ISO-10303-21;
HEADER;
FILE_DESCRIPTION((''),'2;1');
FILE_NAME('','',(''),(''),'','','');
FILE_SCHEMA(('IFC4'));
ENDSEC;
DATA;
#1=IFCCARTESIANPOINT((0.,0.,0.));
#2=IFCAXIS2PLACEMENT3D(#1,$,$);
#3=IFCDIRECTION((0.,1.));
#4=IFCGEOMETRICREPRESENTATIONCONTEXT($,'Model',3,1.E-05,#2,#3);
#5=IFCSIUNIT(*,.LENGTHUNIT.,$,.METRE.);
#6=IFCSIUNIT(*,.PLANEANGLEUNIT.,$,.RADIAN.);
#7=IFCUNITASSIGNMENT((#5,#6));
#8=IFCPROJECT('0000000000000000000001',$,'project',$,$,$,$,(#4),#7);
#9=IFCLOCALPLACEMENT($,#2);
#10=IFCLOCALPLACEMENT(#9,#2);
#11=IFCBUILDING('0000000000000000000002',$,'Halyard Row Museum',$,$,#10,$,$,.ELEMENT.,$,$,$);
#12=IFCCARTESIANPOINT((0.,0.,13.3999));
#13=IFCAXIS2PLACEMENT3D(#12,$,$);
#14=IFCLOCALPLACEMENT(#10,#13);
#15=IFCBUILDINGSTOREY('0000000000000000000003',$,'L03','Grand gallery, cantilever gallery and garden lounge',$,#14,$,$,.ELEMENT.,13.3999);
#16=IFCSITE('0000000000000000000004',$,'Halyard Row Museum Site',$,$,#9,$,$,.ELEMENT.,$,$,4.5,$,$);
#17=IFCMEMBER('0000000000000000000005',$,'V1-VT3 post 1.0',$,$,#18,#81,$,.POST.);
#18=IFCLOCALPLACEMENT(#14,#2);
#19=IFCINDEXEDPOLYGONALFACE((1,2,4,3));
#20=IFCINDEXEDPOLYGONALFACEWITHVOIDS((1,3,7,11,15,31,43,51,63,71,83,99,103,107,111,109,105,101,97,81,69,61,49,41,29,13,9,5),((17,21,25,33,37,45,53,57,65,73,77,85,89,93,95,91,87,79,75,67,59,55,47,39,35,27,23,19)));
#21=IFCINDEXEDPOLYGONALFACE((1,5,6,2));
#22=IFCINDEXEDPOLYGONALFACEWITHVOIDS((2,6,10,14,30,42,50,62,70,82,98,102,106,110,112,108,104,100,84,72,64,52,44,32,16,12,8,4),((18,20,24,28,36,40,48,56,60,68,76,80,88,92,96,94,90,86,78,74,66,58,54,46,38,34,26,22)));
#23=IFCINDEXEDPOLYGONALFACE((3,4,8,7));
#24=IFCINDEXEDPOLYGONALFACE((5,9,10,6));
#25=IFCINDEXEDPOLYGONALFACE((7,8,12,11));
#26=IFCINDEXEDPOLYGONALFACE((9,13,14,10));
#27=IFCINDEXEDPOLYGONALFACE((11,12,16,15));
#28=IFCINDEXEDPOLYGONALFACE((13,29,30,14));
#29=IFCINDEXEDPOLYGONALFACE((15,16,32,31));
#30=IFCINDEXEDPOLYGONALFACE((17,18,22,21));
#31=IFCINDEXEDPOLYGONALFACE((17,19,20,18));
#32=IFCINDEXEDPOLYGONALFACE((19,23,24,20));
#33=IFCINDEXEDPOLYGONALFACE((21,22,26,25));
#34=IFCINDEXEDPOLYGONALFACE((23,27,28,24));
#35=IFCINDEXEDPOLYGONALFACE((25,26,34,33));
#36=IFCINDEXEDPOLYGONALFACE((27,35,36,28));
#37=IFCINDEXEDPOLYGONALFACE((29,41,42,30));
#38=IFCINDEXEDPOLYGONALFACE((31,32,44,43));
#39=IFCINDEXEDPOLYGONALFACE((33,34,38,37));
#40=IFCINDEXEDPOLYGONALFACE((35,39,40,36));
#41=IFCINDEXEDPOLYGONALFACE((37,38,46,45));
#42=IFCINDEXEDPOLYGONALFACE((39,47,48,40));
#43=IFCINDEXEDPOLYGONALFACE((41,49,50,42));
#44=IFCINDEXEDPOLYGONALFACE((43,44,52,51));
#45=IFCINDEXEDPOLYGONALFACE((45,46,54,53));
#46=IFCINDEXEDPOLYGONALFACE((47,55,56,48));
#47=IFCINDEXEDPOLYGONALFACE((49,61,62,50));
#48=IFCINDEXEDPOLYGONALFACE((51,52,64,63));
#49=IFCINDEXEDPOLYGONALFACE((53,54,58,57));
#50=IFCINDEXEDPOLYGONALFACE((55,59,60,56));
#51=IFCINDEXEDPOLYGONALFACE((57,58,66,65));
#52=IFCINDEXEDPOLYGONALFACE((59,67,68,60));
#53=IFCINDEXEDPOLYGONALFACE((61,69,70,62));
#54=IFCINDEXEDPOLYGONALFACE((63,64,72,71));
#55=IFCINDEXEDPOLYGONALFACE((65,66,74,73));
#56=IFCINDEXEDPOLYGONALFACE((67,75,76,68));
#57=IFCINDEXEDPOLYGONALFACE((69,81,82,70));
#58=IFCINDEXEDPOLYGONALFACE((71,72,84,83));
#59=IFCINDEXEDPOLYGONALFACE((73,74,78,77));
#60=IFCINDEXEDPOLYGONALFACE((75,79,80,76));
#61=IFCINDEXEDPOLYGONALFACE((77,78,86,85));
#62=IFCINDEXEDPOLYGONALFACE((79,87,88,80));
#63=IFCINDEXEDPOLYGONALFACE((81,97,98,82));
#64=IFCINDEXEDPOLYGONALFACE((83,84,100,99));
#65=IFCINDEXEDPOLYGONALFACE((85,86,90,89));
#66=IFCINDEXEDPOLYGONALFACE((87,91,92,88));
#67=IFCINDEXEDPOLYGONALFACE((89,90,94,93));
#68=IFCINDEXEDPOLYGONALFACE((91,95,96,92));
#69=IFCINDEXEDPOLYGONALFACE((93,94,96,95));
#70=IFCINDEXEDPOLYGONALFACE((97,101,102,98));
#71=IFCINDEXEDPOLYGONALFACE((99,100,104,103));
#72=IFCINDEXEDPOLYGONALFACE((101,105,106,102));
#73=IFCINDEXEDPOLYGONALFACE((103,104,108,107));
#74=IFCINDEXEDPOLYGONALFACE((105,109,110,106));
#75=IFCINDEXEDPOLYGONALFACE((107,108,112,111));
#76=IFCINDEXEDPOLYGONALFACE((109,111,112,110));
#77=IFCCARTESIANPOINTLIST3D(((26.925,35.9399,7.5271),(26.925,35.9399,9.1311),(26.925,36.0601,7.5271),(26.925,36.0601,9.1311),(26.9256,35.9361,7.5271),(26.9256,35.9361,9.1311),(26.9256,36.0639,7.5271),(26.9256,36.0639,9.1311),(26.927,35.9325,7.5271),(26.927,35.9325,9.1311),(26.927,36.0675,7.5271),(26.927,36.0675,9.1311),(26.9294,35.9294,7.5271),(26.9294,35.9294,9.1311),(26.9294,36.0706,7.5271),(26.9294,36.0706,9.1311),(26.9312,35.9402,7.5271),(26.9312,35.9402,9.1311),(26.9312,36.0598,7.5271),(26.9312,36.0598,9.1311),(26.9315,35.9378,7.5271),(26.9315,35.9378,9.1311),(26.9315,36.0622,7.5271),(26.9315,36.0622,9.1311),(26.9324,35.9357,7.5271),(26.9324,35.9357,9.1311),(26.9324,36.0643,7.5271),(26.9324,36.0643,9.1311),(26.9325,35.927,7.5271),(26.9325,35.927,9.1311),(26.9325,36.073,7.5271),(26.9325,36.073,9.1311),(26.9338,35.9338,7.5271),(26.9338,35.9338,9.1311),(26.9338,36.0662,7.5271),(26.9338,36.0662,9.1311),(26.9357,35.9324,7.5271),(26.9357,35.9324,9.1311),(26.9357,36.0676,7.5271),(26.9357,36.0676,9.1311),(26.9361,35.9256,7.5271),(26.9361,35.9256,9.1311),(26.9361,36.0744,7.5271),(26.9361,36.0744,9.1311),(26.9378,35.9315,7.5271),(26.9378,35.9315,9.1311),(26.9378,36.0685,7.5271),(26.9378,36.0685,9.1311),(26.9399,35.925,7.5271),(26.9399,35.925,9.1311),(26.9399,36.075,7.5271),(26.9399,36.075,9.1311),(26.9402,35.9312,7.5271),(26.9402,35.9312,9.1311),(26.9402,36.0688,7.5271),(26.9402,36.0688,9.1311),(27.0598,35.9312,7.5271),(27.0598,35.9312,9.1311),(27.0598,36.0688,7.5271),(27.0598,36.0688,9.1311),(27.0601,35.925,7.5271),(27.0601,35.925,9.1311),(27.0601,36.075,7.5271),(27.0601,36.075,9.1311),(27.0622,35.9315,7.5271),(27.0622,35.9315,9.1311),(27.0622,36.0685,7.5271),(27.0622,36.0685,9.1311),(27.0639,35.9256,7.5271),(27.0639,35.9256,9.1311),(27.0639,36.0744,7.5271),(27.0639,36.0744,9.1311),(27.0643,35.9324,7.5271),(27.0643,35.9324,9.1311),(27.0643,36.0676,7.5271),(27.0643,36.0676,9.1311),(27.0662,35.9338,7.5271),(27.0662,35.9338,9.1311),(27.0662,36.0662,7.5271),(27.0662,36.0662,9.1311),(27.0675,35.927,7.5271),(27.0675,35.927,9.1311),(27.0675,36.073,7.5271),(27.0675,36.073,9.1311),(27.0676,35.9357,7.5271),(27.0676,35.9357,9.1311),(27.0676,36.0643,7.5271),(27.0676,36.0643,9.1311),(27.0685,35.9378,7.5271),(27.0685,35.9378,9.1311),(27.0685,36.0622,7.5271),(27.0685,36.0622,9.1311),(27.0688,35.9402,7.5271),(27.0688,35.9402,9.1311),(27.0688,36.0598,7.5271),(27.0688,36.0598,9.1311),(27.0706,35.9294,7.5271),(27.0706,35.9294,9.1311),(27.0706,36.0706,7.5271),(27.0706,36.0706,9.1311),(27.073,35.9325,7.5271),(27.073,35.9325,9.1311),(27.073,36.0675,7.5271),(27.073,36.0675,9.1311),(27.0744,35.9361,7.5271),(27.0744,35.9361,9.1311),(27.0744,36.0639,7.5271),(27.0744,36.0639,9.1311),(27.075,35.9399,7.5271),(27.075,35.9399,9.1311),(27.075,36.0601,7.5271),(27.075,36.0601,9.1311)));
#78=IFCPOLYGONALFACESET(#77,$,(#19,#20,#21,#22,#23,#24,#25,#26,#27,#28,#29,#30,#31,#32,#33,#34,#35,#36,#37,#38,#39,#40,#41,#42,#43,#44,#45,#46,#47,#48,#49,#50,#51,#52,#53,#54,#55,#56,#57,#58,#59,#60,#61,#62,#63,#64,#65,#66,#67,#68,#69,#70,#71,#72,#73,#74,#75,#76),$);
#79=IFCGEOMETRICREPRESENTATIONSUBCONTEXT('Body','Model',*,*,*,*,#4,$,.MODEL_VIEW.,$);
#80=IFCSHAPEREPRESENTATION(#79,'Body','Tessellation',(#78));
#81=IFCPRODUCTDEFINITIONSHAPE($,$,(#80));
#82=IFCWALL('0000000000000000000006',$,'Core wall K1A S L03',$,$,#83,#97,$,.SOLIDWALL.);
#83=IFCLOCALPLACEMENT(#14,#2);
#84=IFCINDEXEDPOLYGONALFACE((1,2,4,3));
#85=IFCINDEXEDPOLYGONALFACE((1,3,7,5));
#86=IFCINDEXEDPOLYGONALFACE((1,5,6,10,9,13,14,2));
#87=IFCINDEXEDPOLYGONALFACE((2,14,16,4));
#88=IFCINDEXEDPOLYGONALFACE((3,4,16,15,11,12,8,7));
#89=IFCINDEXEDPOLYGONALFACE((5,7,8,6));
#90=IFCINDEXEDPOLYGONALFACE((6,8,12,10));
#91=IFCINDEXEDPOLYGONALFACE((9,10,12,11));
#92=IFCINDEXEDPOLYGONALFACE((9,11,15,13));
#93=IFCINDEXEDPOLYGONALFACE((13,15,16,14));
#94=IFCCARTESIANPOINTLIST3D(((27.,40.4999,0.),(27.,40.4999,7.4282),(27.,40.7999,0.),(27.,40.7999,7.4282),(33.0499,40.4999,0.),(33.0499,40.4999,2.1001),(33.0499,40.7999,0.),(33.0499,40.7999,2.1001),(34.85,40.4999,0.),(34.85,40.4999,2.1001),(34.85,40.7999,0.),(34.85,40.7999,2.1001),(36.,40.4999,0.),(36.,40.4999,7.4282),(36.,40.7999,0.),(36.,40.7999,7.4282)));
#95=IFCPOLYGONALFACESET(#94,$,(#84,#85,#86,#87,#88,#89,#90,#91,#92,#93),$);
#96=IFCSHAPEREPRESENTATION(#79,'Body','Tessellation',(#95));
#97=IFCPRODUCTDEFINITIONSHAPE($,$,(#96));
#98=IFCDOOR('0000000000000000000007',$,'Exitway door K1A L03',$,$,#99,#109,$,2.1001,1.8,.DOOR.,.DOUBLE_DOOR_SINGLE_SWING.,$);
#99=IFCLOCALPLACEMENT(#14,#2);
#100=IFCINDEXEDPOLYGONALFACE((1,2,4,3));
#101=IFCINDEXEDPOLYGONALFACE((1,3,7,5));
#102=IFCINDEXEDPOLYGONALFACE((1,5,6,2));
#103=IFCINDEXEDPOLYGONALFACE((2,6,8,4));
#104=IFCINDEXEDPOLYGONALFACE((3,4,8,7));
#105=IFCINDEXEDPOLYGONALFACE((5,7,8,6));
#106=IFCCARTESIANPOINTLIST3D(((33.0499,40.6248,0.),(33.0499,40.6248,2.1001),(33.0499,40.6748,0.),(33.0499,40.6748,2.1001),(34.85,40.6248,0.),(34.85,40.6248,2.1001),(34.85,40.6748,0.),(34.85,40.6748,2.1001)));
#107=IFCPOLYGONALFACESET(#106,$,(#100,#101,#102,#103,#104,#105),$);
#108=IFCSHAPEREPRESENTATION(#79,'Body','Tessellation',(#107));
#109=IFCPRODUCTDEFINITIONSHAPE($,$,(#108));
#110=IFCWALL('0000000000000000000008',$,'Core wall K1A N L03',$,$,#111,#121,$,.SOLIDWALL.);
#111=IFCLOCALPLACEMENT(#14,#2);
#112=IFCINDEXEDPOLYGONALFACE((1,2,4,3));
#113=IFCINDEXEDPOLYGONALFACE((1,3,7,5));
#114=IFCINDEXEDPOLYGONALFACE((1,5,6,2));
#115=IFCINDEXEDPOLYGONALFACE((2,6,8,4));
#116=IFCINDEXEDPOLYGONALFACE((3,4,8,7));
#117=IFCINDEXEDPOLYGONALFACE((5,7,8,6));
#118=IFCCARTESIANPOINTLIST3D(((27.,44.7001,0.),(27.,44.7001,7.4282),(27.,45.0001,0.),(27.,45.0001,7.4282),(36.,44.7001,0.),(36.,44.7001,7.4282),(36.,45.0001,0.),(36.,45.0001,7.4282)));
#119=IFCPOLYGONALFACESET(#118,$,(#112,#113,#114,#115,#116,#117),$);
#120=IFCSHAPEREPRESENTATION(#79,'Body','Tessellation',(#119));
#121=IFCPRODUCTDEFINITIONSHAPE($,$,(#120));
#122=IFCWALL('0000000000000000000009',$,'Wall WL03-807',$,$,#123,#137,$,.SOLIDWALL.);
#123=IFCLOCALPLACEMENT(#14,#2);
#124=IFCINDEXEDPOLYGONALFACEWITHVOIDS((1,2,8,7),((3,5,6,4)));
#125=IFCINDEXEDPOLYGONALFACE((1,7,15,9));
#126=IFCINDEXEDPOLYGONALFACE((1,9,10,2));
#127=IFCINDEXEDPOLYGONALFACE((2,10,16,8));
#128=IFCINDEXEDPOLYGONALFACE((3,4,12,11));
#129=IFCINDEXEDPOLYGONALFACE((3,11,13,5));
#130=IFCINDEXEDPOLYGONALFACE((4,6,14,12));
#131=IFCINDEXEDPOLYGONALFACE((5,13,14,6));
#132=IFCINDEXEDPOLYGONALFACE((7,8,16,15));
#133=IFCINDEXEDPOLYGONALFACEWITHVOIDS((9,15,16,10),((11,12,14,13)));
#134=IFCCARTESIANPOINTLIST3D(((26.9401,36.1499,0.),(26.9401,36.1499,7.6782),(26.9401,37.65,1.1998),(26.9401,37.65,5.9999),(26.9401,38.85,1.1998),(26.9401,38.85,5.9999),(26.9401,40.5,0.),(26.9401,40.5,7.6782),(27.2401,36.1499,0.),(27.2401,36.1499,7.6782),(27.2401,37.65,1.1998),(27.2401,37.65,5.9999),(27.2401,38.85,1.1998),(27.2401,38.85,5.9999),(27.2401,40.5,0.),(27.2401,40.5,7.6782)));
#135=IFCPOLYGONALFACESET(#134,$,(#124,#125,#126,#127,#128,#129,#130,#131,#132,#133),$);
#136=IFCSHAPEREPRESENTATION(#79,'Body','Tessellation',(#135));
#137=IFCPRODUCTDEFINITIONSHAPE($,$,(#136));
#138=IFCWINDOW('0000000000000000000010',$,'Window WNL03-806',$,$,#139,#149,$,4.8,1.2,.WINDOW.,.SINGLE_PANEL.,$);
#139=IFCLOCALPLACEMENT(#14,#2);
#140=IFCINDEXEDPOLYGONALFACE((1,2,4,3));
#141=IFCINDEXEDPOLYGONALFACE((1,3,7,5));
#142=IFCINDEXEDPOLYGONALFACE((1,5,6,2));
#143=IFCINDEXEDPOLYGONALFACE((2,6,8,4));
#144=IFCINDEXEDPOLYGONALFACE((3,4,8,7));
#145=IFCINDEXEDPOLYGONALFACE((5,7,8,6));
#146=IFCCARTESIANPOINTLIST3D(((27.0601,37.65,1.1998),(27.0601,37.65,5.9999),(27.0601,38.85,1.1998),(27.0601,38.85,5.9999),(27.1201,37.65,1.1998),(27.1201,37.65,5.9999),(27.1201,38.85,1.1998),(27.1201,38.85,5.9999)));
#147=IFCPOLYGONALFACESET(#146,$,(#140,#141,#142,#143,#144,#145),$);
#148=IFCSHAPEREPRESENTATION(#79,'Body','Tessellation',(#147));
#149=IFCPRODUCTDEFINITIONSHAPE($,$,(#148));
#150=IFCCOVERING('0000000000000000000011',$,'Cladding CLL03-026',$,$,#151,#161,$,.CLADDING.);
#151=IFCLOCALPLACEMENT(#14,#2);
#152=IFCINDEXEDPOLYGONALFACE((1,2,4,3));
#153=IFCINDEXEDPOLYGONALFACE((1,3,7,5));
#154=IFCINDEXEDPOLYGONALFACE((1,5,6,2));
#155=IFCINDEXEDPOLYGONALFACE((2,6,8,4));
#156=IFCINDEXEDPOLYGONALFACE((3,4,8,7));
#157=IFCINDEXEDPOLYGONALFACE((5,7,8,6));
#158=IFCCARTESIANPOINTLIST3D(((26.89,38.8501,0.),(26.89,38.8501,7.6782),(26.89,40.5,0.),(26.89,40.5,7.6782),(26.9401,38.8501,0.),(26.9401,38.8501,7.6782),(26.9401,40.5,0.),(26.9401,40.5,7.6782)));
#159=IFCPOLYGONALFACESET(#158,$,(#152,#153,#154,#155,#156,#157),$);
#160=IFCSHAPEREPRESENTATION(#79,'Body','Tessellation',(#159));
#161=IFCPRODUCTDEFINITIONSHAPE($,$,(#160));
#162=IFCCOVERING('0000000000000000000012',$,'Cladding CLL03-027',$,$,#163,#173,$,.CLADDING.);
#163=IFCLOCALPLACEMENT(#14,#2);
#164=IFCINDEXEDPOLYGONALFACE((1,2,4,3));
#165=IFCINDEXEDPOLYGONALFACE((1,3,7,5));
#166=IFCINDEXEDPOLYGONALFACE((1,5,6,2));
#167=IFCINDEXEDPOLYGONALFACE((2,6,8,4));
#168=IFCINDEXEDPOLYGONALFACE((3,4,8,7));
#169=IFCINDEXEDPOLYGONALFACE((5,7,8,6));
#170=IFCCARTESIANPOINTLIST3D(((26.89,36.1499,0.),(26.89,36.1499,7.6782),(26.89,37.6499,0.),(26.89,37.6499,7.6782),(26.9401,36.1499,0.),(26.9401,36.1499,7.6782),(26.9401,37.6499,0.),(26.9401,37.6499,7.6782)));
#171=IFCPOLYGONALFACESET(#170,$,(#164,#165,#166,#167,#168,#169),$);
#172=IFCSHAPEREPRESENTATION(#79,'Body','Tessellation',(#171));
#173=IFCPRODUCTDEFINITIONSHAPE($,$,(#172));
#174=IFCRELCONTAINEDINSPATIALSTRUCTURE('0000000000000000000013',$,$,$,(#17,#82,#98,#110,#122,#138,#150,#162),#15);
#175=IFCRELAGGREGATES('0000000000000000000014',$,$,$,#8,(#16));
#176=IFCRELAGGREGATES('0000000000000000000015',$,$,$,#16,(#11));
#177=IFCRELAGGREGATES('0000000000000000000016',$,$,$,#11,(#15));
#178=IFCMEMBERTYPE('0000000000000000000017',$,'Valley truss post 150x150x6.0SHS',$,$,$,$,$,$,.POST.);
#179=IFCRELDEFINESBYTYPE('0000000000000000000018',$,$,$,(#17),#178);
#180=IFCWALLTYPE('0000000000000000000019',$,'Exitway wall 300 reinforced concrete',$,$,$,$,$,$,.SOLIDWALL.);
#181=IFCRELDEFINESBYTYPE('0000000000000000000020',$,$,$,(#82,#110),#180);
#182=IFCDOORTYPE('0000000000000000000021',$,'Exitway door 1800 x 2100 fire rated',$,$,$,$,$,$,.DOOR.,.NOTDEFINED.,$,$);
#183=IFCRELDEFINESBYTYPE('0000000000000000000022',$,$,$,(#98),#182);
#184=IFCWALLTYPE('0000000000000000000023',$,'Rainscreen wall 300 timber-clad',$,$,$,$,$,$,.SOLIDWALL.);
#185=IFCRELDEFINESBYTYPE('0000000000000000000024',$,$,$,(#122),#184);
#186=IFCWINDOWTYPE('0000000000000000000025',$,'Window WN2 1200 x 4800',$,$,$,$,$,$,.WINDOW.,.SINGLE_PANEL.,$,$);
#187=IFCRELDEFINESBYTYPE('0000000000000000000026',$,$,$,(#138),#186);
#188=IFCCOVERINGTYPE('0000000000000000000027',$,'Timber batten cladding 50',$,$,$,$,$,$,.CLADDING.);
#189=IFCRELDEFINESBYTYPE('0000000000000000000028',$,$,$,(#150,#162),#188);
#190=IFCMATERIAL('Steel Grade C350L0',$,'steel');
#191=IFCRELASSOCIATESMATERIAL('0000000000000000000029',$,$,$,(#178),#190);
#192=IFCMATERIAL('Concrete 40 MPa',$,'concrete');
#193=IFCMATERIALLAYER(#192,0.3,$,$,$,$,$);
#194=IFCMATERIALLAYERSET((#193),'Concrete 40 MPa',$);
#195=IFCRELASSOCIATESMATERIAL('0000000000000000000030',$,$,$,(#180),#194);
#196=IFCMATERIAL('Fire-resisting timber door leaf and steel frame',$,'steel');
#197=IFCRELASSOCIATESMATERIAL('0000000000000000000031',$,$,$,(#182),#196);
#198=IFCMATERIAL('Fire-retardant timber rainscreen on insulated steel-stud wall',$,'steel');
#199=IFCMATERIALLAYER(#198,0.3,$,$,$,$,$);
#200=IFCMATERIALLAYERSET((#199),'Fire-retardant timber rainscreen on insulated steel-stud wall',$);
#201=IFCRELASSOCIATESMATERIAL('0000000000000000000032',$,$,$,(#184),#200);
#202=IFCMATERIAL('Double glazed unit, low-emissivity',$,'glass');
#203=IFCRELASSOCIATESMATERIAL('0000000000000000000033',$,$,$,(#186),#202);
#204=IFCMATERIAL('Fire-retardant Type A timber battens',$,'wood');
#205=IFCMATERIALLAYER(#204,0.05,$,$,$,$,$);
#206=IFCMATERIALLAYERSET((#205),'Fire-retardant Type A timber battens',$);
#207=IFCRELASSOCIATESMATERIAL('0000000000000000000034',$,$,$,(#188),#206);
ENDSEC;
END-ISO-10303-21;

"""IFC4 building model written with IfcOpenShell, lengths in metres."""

from ifc_helpers import new_model, si_unit, direction, frame, frame_2d, origin, origin_2d, place, context, subcontext, project, spatial, rectangle, hollow_rectangle, extrude, material, layer, layer_set, material_profile, profile_set, type_object, element, fill, save


model = new_model("IFC4")

# Units and contexts
model_context = context("Model", 3, precision=1e-05, world=origin(), true_north=direction((0.0, 1.0)))
body_context = subcontext(model_context, "Body", "Model", "MODEL_VIEW")
ifc_project = project(units=[si_unit("LENGTHUNIT", "METRE"), si_unit("PLANEANGLEUNIT", "RADIAN")], contexts=[model_context])

# Site, building, storey
site_placement = place(None, origin())
site = spatial("IfcSite", under=ifc_project, at=site_placement, Name="Halyard Row Museum Site", CompositionType="ELEMENT", RefElevation=4.5)
building_placement = place(site_placement, origin())
building = spatial("IfcBuilding", under=site, at=building_placement, Name="Halyard Row Museum", CompositionType="ELEMENT")
storey_placement = place(building_placement, frame((0.0, 0.0, 13.3999)))
storey = spatial("IfcBuildingStorey", under=building, at=storey_placement, Name="L03", Description="Grand gallery, cantilever gallery and garden lounge", CompositionType="ELEMENT", Elevation=13.3999)

# Member
ifc_material_1 = material(Name="Steel Grade C350L0", Category="steel")
ifc_material_profile_1 = material_profile(ifc_material_1, hollow_rectangle(XDim=0.1499, YDim=0.1499, WallThickness=0.0061, InnerFilletRadius=0.009, OuterFilletRadius=0.0149, at=origin_2d()), Name="150x150x6.0SHS")
ifc_profile_set_1 = profile_set([ifc_material_profile_1], Name="Steel Grade C350L0")
member_type_1 = type_object("IfcMemberType", Name="Valley truss post 150x150x6.0SHS", PredefinedType="POST", material=ifc_profile_set_1)
member_1_placement = place(storey_placement, frame((27.0, 36.0, 7.5271), z_axis=(0.0, 0.0, 1.0), x_axis=(1.0, 0.0, 0.0)))
element("IfcMember", 1, at=member_1_placement, inside=storey, type_object=member_type_1, Name="V1-VT3 post 1.0", PredefinedType="POST", context=body_context, shape_type="SweptSolid", body=[
    extrude(hollow_rectangle(XDim=0.1499, YDim=0.1499, WallThickness=0.0061, InnerFilletRadius=0.009, OuterFilletRadius=0.0149, at=origin_2d()), origin(), (0.0, 0.0, 1.0), 1.604),
])

# Wall, opening, door
ifc_material_2 = material(Name="Concrete 40 MPa", Category="concrete")
ifc_layer_1 = layer(ifc_material_2, 0.3)
ifc_layer_set_1 = layer_set([ifc_layer_1], Name="Concrete 40 MPa")
wall_type_1 = type_object("IfcWallType", Name="Exitway wall 300 reinforced concrete", PredefinedType="SOLIDWALL", material=ifc_layer_set_1)
wall_1_placement = place(storey_placement, frame((27.0, 40.6499, 0.0), z_axis=(0.0, 0.0, 1.0), x_axis=(1.0, 0.0, 0.0)))
wall_1 = element("IfcWall", 2, at=wall_1_placement, inside=storey, type_object=wall_type_1, Name="Core wall K1A S L03", PredefinedType="SOLIDWALL", context=body_context, shape_type="SweptSolid", body=[
    extrude(rectangle(XDim=9.0, YDim=0.3, at=frame_2d((4.5, 0.0))), origin(), (0.0, 0.0, 1.0), 7.4282),
])
opening_1_placement = place(wall_1_placement, frame((6.05, 0.0, 0.0)))
opening_1 = element("IfcOpeningElement", 3, at=opening_1_placement, cuts=wall_1, PredefinedType="OPENING", context=body_context, shape_type="SweptSolid", body=[
    extrude(rectangle(XDim=1.8, YDim=2.1001, at=frame_2d((0.8999, 1.05))), frame((0.0, 0.1599, 0.0), z_axis=(0.0, -1.0, 0.0), x_axis=(1.0, 0.0, 0.0)), (0.0, 0.0, 1.0), 0.3201),
])
ifc_material_3 = material(Name="Fire-resisting timber door leaf and steel frame", Category="steel")
door_type = type_object("IfcDoorType", Name="Exitway door 1800 x 2100 fire rated", OperationType="NOTDEFINED", PredefinedType="DOOR", material=ifc_material_3)
door_placement = place(opening_1_placement, origin())
door = element("IfcDoor", 4, at=door_placement, inside=storey, type_object=door_type, Name="Exitway door K1A L03", OperationType="DOUBLE_DOOR_SINGLE_SWING", OverallHeight=2.1001, OverallWidth=1.8, PredefinedType="DOOR", context=body_context, shape_type="SweptSolid", body=[
    extrude(rectangle(XDim=1.8, YDim=2.1001, at=frame_2d((0.8999, 1.05))), frame((0.0, 0.0249, 0.0), z_axis=(0.0, -1.0, 0.0), x_axis=(1.0, 0.0, 0.0)), (0.0, 0.0, 1.0), 0.05),
])
fill(opening_1, door)

# Wall
wall_2_placement = place(storey_placement, frame((27.0, 44.8501, 0.0), z_axis=(0.0, 0.0, 1.0), x_axis=(1.0, 0.0, 0.0)))
element("IfcWall", 5, at=wall_2_placement, inside=storey, type_object=wall_type_1, Name="Core wall K1A N L03", PredefinedType="SOLIDWALL", context=body_context, shape_type="SweptSolid", body=[
    extrude(rectangle(XDim=9.0, YDim=0.3, at=frame_2d((4.5, 0.0))), origin(), (0.0, 0.0, 1.0), 7.4282),
])

# Wall, opening, window
ifc_material_4 = material(Name="Fire-retardant timber rainscreen on insulated steel-stud wall", Category="steel")
ifc_layer_2 = layer(ifc_material_4, 0.3)
ifc_layer_set_2 = layer_set([ifc_layer_2], Name="Fire-retardant timber rainscreen on insulated steel-stud wall")
wall_type_2 = type_object("IfcWallType", Name="Rainscreen wall 300 timber-clad", PredefinedType="SOLIDWALL", material=ifc_layer_set_2)
wall_3_placement = place(storey_placement, frame((27.0901, 36.1499, 0.0), z_axis=(0.0, 0.0, 1.0), x_axis=(0.0, 1.0, 0.0)))
wall_3 = element("IfcWall", 6, at=wall_3_placement, inside=storey, type_object=wall_type_2, Name="Wall WL03-807", PredefinedType="SOLIDWALL", context=body_context, shape_type="SweptSolid", body=[
    extrude(rectangle(XDim=4.3501, YDim=0.3, at=frame_2d((2.175, 0.0))), origin(), (0.0, 0.0, 1.0), 7.6782),
])
opening_2_placement = place(wall_3_placement, frame((1.5, 0.0, 1.2)))
opening_2 = element("IfcOpeningElement", 7, at=opening_2_placement, cuts=wall_3, PredefinedType="OPENING", context=body_context, shape_type="SweptSolid", body=[
    extrude(rectangle(XDim=1.2, YDim=4.8, at=frame_2d((0.6001, 2.3999))), frame((0.0, 0.1599, 0.0), z_axis=(0.0, -1.0, 0.0), x_axis=(1.0, 0.0, 0.0)), (0.0, 0.0, 1.0), 0.3201),
])
ifc_material_5 = material(Name="Double glazed unit, low-emissivity", Category="glass")
window_type = type_object("IfcWindowType", Name="Window WN2 1200 x 4800", PartitioningType="SINGLE_PANEL", PredefinedType="WINDOW", material=ifc_material_5)
window_placement = place(opening_2_placement, origin())
window = element("IfcWindow", 8, at=window_placement, inside=storey, type_object=window_type, Name="Window WNL03-806", OverallHeight=4.8, OverallWidth=1.2, PartitioningType="SINGLE_PANEL", PredefinedType="WINDOW", context=body_context, shape_type="SweptSolid", body=[
    extrude(rectangle(XDim=1.2, YDim=4.8, at=frame_2d((0.6001, 2.3999))), frame((0.0, 0.03, 0.0), z_axis=(0.0, -1.0, 0.0), x_axis=(1.0, 0.0, 0.0)), (0.0, 0.0, 1.0), 0.0601),
])
fill(opening_2, window)

# Coverings
ifc_material_6 = material(Name="Fire-retardant Type A timber battens", Category="wood")
ifc_layer_3 = layer(ifc_material_6, 0.05)
ifc_layer_set_3 = layer_set([ifc_layer_3], Name="Fire-retardant Type A timber battens")
covering_type = type_object("IfcCoveringType", Name="Timber batten cladding 50", PredefinedType="CLADDING", material=ifc_layer_set_3)
covering_1_placement = place(storey_placement, frame((26.915, 40.5, 0.0), z_axis=(0.0, 0.0, 1.0), x_axis=(0.0, -1.0, 0.0)))
element("IfcCovering", 9, at=covering_1_placement, inside=storey, type_object=covering_type, Name="Cladding CLL03-026", PredefinedType="CLADDING", context=body_context, shape_type="SweptSolid", body=[
    extrude(rectangle(XDim=1.6499, YDim=0.05, at=frame_2d((0.825, 0.0))), origin(), (0.0, 0.0, 1.0), 7.6782),
])
covering_2_placement = place(storey_placement, frame((26.915, 37.6499, 0.0), z_axis=(0.0, 0.0, 1.0), x_axis=(0.0, -1.0, 0.0)))
element("IfcCovering", 10, at=covering_2_placement, inside=storey, type_object=covering_type, Name="Cladding CLL03-027", PredefinedType="CLADDING", context=body_context, shape_type="SweptSolid", body=[
    extrude(rectangle(XDim=1.5, YDim=0.05, at=frame_2d((0.75, 0.0))), origin(), (0.0, 0.0, 1.0), 7.6782),
])

save(model, "model.ifc")
